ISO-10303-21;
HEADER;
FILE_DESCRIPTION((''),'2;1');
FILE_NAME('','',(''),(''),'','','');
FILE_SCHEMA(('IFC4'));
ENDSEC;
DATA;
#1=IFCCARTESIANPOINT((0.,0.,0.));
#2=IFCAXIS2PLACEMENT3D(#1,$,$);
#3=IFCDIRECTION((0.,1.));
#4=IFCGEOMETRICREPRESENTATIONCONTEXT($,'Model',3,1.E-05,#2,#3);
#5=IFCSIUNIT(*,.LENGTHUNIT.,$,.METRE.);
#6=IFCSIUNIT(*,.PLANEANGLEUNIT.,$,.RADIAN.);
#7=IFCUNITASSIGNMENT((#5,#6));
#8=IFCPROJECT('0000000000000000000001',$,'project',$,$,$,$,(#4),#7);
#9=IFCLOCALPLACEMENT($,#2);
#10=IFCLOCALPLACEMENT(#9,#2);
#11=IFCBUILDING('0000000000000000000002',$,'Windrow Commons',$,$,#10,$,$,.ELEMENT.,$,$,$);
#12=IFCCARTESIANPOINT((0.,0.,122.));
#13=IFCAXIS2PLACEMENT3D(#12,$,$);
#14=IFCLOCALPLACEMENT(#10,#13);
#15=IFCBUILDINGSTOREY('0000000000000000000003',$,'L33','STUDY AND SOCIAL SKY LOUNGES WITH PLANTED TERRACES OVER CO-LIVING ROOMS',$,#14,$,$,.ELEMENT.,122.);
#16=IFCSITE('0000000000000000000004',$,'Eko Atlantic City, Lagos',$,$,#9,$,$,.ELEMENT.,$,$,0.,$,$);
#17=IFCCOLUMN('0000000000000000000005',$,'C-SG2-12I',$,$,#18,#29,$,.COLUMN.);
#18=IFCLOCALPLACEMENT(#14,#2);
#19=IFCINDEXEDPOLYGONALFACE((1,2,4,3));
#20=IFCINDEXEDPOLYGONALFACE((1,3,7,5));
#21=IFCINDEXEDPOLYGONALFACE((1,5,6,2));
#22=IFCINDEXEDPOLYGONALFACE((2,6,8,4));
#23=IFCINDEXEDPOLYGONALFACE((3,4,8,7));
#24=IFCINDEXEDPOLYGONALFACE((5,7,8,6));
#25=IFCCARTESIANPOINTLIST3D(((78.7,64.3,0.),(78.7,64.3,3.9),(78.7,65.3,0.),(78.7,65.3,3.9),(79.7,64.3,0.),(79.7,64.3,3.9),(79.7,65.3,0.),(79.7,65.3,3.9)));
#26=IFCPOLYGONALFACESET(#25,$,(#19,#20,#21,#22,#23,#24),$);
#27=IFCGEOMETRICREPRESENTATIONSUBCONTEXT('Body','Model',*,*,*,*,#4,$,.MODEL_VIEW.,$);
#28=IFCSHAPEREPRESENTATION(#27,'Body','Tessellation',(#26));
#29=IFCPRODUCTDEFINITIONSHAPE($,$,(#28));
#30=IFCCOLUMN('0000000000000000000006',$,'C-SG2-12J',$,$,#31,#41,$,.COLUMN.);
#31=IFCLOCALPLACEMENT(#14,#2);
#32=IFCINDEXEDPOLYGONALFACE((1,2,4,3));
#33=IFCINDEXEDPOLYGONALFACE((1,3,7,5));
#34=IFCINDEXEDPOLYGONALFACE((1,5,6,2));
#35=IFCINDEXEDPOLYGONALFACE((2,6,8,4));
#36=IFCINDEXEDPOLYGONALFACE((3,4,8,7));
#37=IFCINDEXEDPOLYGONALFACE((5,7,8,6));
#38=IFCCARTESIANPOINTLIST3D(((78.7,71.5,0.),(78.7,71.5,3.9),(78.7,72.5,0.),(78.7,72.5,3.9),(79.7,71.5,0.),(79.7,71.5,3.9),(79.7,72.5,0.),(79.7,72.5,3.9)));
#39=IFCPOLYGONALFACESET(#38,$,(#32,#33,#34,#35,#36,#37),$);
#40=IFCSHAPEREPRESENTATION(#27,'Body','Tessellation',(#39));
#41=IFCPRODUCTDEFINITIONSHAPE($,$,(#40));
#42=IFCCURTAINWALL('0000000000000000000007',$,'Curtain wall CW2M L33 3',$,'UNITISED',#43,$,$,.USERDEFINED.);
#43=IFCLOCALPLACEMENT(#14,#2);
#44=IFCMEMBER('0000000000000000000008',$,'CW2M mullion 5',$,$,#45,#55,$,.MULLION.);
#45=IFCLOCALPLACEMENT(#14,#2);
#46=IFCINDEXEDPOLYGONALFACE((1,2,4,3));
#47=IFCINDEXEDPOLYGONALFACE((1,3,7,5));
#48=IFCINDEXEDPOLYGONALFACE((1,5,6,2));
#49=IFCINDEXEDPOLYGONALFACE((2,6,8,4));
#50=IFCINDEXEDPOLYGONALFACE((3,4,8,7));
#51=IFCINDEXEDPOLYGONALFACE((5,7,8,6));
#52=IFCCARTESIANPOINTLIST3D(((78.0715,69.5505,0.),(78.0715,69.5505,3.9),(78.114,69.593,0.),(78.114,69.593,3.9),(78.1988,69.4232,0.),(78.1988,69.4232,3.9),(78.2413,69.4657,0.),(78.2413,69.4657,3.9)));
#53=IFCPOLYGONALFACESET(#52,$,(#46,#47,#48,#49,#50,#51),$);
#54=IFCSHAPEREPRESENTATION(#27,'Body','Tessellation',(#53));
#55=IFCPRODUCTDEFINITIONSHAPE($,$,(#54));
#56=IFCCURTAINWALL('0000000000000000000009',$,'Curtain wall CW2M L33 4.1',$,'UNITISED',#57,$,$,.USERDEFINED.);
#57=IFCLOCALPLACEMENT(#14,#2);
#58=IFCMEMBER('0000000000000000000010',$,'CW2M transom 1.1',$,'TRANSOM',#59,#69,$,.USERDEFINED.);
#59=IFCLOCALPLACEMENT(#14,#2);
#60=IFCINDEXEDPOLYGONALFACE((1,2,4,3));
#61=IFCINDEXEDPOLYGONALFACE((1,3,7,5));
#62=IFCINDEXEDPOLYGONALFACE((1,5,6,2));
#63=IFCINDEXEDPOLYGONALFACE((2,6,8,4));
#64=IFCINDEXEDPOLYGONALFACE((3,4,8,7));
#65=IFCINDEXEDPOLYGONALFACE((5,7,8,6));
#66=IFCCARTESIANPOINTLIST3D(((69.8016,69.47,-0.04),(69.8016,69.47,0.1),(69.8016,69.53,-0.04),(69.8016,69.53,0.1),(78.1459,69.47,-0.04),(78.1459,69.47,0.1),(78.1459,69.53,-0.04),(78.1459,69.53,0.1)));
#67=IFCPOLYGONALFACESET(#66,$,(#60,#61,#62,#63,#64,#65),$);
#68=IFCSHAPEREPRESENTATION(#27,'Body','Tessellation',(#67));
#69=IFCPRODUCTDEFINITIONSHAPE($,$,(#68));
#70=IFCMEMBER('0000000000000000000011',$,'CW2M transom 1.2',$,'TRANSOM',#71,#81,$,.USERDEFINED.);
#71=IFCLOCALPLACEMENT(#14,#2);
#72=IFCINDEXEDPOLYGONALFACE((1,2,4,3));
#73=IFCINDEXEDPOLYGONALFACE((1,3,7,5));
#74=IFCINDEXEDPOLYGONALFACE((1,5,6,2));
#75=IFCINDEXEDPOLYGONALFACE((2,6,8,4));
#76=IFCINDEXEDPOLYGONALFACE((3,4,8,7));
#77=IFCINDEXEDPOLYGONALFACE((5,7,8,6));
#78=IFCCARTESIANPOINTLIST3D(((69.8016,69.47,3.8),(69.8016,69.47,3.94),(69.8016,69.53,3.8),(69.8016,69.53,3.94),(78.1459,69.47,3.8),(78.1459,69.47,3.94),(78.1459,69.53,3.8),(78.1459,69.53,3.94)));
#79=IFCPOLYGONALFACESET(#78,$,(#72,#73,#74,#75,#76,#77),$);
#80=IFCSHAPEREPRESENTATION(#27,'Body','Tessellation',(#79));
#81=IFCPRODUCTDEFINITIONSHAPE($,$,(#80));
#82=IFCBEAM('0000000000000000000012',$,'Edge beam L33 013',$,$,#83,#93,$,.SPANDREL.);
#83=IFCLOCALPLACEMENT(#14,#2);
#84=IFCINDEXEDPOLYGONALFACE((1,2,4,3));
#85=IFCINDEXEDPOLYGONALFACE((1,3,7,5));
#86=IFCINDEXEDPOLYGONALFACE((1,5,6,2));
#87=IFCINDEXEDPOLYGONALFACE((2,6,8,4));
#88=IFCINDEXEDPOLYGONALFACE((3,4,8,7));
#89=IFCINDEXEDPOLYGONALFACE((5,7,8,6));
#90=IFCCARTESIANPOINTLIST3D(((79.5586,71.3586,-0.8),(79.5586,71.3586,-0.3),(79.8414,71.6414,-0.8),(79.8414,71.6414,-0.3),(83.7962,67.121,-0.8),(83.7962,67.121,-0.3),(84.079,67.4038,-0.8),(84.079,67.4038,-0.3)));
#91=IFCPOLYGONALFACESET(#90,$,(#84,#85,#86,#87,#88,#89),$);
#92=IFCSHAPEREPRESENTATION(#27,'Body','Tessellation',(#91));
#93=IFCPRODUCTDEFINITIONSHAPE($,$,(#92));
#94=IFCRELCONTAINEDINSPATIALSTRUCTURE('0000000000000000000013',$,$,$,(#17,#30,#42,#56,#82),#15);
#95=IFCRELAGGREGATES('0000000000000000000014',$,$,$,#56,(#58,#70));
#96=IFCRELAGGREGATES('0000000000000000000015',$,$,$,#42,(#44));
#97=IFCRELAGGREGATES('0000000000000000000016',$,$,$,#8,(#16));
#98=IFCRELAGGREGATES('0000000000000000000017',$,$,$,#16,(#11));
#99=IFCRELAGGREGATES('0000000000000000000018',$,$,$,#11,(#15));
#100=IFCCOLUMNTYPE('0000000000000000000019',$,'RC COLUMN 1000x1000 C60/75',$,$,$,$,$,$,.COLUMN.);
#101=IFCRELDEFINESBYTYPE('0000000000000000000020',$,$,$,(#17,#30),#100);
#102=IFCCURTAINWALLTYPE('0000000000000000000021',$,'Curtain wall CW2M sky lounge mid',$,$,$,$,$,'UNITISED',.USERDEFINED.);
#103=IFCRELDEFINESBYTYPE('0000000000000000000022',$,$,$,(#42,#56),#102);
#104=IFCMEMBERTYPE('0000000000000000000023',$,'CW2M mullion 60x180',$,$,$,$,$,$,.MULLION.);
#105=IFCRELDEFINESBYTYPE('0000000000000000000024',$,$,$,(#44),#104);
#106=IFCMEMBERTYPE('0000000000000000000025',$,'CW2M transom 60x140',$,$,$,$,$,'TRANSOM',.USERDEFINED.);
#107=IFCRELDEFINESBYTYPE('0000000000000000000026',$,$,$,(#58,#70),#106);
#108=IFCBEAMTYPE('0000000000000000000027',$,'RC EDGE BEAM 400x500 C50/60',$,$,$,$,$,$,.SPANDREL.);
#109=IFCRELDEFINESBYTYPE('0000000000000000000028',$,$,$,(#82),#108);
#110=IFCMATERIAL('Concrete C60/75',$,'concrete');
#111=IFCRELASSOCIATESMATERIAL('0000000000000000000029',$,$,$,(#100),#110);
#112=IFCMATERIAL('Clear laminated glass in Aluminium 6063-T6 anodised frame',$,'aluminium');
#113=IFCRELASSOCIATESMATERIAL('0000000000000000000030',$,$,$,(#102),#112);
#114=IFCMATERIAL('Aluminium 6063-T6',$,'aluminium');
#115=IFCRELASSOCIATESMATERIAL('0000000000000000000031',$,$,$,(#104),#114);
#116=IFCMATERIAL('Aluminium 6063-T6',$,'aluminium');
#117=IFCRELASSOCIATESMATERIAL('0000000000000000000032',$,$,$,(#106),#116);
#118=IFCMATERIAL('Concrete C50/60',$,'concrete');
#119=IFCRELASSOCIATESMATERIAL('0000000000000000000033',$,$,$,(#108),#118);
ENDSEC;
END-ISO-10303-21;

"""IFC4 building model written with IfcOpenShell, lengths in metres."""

from ifc_helpers import new_model, si_unit, direction, frame, origin, origin_2d, place, context, subcontext, project, spatial, rectangle, extrude, material, material_profile, profile_set, type_object, element, aggregate, save


model = new_model("IFC4")

# Units and contexts
model_context = context("Model", 3, precision=1e-05, world=origin(), true_north=direction((0.0, 1.0)))
body_context = subcontext(model_context, "Body", "Model", "MODEL_VIEW")
ifc_project = project(units=[si_unit("LENGTHUNIT", "METRE"), si_unit("PLANEANGLEUNIT", "RADIAN")], contexts=[model_context])

# Site, building, storey
site_placement = place(None, origin())
site = spatial("IfcSite", under=ifc_project, at=site_placement, Name="Eko Atlantic City, Lagos", CompositionType="ELEMENT", RefElevation=0.0)
building_placement = place(site_placement, origin())
building = spatial("IfcBuilding", under=site, at=building_placement, Name="Windrow Commons", CompositionType="ELEMENT")
storey_placement = place(building_placement, frame((0.0, 0.0, 122.0)))
storey = spatial("IfcBuildingStorey", under=building, at=storey_placement, Name="L33", Description="STUDY AND SOCIAL SKY LOUNGES WITH PLANTED TERRACES OVER CO-LIVING ROOMS", CompositionType="ELEMENT", Elevation=122.0)

# Columns
ifc_material_1 = material(Name="Concrete C60/75", Category="concrete")
ifc_material_profile_1 = material_profile(ifc_material_1, rectangle(XDim=1.0, YDim=1.0, at=origin_2d()))
ifc_profile_set_1 = profile_set([ifc_material_profile_1], Name="Concrete C60/75")
column_type = type_object("IfcColumnType", Name="RC COLUMN 1000x1000 C60/75", PredefinedType="COLUMN", material=ifc_profile_set_1)
for number, where, z_axis, x_axis, name in (
    (1, (79.2, 64.8, 0.0), (0.0, 0.0, 1.0), (1.0, 0.0, 0.0), "C-SG2-12I"),
    (2, (79.2, 72.0, 0.0), (0.0, 0.0, 1.0), (1.0, 0.0, 0.0), "C-SG2-12J"),
):
    element("IfcColumn", number, at=place(storey_placement, frame(where, z_axis=z_axis, x_axis=x_axis)), inside=storey, type_object=column_type, Name=name, PredefinedType="COLUMN", context=body_context, shape_type="SweptSolid", body=[
        extrude(rectangle(XDim=1.0, YDim=1.0, at=origin_2d()), origin(), (0.0, 0.0, 1.0), 3.9),
    ])

# Curtain wall, member
ifc_material_2 = material(Name="Clear laminated glass in Aluminium 6063-T6 anodised frame", Category="aluminium")
curtain_wall_type = type_object("IfcCurtainWallType", Name="Curtain wall CW2M sky lounge mid", ElementType="UNITISED", PredefinedType="USERDEFINED", material=ifc_material_2)
placement = place(storey_placement, origin())
curtain_wall_1 = element("IfcCurtainWall", 3, at=placement, inside=storey, type_object=curtain_wall_type, Name="Curtain wall CW2M L33 3", ObjectType="UNITISED", PredefinedType="USERDEFINED")
ifc_material_3 = material(Name="Aluminium 6063-T6", Category="aluminium")
ifc_material_profile_2 = material_profile(ifc_material_3, rectangle(XDim=0.06, YDim=0.18, at=origin_2d()))
ifc_profile_set_2 = profile_set([ifc_material_profile_2], Name="Aluminium 6063-T6")
member_type_1 = type_object("IfcMemberType", Name="CW2M mullion 60x180", PredefinedType="MULLION", material=ifc_profile_set_2)
member_1_placement = place(storey_placement, frame((78.1564, 69.5081, 0.0), z_axis=(0.0, 0.0, 1.0), x_axis=(-0.707107, -0.707107, 0.0)))
member_1 = element("IfcMember", 4, at=member_1_placement, type_object=member_type_1, Name="CW2M mullion 5", PredefinedType="MULLION", context=body_context, shape_type="SweptSolid", body=[
    extrude(rectangle(XDim=0.06, YDim=0.18, at=origin_2d()), origin(), (0.0, 0.0, 1.0), 3.9),
])

# Curtain wall, members
curtain_wall_2 = element("IfcCurtainWall", 5, at=placement, inside=storey, type_object=curtain_wall_type, Name="Curtain wall CW2M L33 4.1", ObjectType="UNITISED", PredefinedType="USERDEFINED")
ifc_material_4 = material(Name="Aluminium 6063-T6", Category="aluminium")
ifc_material_profile_3 = material_profile(ifc_material_4, rectangle(XDim=0.06, YDim=0.14, at=origin_2d()))
ifc_profile_set_3 = profile_set([ifc_material_profile_3], Name="Aluminium 6063-T6")
member_type_2 = type_object("IfcMemberType", Name="CW2M transom 60x140", ElementType="TRANSOM", PredefinedType="USERDEFINED", material=ifc_profile_set_3)
member_2_placement = place(storey_placement, frame((78.1459, 69.5, 0.03), z_axis=(-1.0, 0.0, 0.0), x_axis=(0.0, -1.0, 0.0)))
member_2 = element("IfcMember", 6, at=member_2_placement, type_object=member_type_2, Name="CW2M transom 1.1", ObjectType="TRANSOM", PredefinedType="USERDEFINED", context=body_context, shape_type="SweptSolid", body=[
    extrude(rectangle(XDim=0.06, YDim=0.14, at=origin_2d()), origin(), (0.0, 0.0, 1.0), 8.3443),
])
member_3_placement = place(storey_placement, frame((78.1459, 69.5, 3.87), z_axis=(-1.0, 0.0, 0.0), x_axis=(0.0, -1.0, 0.0)))
member_3 = element("IfcMember", 7, at=member_3_placement, type_object=member_type_2, Name="CW2M transom 1.2", ObjectType="TRANSOM", PredefinedType="USERDEFINED", context=body_context, shape_type="SweptSolid", body=[
    extrude(rectangle(XDim=0.06, YDim=0.14, at=origin_2d()), origin(), (0.0, 0.0, 1.0), 8.3443),
])
aggregate(curtain_wall_2, [member_2, member_3])

# Beam
ifc_material_5 = material(Name="Concrete C50/60", Category="concrete")
ifc_material_profile_4 = material_profile(ifc_material_5, rectangle(XDim=0.4, YDim=0.5, at=origin_2d()))
ifc_profile_set_4 = profile_set([ifc_material_profile_4], Name="Concrete C50/60")
beam_type = type_object("IfcBeamType", Name="RC EDGE BEAM 400x500 C50/60", PredefinedType="SPANDREL", material=ifc_profile_set_4)
beam_placement = place(storey_placement, frame((79.7, 71.5, -0.55), z_axis=(0.707107, -0.707107, 0.0), x_axis=(0.707107, 0.707107, 0.0)))
element("IfcBeam", 8, at=beam_placement, inside=storey, type_object=beam_type, Name="Edge beam L33 013", PredefinedType="SPANDREL", context=body_context, shape_type="SweptSolid", body=[
    extrude(rectangle(XDim=0.4, YDim=0.5, at=origin_2d()), origin(), (0.0, 0.0, 1.0), 5.9929),
])

aggregate(curtain_wall_1, [member_1])

save(model, "model.ifc")
